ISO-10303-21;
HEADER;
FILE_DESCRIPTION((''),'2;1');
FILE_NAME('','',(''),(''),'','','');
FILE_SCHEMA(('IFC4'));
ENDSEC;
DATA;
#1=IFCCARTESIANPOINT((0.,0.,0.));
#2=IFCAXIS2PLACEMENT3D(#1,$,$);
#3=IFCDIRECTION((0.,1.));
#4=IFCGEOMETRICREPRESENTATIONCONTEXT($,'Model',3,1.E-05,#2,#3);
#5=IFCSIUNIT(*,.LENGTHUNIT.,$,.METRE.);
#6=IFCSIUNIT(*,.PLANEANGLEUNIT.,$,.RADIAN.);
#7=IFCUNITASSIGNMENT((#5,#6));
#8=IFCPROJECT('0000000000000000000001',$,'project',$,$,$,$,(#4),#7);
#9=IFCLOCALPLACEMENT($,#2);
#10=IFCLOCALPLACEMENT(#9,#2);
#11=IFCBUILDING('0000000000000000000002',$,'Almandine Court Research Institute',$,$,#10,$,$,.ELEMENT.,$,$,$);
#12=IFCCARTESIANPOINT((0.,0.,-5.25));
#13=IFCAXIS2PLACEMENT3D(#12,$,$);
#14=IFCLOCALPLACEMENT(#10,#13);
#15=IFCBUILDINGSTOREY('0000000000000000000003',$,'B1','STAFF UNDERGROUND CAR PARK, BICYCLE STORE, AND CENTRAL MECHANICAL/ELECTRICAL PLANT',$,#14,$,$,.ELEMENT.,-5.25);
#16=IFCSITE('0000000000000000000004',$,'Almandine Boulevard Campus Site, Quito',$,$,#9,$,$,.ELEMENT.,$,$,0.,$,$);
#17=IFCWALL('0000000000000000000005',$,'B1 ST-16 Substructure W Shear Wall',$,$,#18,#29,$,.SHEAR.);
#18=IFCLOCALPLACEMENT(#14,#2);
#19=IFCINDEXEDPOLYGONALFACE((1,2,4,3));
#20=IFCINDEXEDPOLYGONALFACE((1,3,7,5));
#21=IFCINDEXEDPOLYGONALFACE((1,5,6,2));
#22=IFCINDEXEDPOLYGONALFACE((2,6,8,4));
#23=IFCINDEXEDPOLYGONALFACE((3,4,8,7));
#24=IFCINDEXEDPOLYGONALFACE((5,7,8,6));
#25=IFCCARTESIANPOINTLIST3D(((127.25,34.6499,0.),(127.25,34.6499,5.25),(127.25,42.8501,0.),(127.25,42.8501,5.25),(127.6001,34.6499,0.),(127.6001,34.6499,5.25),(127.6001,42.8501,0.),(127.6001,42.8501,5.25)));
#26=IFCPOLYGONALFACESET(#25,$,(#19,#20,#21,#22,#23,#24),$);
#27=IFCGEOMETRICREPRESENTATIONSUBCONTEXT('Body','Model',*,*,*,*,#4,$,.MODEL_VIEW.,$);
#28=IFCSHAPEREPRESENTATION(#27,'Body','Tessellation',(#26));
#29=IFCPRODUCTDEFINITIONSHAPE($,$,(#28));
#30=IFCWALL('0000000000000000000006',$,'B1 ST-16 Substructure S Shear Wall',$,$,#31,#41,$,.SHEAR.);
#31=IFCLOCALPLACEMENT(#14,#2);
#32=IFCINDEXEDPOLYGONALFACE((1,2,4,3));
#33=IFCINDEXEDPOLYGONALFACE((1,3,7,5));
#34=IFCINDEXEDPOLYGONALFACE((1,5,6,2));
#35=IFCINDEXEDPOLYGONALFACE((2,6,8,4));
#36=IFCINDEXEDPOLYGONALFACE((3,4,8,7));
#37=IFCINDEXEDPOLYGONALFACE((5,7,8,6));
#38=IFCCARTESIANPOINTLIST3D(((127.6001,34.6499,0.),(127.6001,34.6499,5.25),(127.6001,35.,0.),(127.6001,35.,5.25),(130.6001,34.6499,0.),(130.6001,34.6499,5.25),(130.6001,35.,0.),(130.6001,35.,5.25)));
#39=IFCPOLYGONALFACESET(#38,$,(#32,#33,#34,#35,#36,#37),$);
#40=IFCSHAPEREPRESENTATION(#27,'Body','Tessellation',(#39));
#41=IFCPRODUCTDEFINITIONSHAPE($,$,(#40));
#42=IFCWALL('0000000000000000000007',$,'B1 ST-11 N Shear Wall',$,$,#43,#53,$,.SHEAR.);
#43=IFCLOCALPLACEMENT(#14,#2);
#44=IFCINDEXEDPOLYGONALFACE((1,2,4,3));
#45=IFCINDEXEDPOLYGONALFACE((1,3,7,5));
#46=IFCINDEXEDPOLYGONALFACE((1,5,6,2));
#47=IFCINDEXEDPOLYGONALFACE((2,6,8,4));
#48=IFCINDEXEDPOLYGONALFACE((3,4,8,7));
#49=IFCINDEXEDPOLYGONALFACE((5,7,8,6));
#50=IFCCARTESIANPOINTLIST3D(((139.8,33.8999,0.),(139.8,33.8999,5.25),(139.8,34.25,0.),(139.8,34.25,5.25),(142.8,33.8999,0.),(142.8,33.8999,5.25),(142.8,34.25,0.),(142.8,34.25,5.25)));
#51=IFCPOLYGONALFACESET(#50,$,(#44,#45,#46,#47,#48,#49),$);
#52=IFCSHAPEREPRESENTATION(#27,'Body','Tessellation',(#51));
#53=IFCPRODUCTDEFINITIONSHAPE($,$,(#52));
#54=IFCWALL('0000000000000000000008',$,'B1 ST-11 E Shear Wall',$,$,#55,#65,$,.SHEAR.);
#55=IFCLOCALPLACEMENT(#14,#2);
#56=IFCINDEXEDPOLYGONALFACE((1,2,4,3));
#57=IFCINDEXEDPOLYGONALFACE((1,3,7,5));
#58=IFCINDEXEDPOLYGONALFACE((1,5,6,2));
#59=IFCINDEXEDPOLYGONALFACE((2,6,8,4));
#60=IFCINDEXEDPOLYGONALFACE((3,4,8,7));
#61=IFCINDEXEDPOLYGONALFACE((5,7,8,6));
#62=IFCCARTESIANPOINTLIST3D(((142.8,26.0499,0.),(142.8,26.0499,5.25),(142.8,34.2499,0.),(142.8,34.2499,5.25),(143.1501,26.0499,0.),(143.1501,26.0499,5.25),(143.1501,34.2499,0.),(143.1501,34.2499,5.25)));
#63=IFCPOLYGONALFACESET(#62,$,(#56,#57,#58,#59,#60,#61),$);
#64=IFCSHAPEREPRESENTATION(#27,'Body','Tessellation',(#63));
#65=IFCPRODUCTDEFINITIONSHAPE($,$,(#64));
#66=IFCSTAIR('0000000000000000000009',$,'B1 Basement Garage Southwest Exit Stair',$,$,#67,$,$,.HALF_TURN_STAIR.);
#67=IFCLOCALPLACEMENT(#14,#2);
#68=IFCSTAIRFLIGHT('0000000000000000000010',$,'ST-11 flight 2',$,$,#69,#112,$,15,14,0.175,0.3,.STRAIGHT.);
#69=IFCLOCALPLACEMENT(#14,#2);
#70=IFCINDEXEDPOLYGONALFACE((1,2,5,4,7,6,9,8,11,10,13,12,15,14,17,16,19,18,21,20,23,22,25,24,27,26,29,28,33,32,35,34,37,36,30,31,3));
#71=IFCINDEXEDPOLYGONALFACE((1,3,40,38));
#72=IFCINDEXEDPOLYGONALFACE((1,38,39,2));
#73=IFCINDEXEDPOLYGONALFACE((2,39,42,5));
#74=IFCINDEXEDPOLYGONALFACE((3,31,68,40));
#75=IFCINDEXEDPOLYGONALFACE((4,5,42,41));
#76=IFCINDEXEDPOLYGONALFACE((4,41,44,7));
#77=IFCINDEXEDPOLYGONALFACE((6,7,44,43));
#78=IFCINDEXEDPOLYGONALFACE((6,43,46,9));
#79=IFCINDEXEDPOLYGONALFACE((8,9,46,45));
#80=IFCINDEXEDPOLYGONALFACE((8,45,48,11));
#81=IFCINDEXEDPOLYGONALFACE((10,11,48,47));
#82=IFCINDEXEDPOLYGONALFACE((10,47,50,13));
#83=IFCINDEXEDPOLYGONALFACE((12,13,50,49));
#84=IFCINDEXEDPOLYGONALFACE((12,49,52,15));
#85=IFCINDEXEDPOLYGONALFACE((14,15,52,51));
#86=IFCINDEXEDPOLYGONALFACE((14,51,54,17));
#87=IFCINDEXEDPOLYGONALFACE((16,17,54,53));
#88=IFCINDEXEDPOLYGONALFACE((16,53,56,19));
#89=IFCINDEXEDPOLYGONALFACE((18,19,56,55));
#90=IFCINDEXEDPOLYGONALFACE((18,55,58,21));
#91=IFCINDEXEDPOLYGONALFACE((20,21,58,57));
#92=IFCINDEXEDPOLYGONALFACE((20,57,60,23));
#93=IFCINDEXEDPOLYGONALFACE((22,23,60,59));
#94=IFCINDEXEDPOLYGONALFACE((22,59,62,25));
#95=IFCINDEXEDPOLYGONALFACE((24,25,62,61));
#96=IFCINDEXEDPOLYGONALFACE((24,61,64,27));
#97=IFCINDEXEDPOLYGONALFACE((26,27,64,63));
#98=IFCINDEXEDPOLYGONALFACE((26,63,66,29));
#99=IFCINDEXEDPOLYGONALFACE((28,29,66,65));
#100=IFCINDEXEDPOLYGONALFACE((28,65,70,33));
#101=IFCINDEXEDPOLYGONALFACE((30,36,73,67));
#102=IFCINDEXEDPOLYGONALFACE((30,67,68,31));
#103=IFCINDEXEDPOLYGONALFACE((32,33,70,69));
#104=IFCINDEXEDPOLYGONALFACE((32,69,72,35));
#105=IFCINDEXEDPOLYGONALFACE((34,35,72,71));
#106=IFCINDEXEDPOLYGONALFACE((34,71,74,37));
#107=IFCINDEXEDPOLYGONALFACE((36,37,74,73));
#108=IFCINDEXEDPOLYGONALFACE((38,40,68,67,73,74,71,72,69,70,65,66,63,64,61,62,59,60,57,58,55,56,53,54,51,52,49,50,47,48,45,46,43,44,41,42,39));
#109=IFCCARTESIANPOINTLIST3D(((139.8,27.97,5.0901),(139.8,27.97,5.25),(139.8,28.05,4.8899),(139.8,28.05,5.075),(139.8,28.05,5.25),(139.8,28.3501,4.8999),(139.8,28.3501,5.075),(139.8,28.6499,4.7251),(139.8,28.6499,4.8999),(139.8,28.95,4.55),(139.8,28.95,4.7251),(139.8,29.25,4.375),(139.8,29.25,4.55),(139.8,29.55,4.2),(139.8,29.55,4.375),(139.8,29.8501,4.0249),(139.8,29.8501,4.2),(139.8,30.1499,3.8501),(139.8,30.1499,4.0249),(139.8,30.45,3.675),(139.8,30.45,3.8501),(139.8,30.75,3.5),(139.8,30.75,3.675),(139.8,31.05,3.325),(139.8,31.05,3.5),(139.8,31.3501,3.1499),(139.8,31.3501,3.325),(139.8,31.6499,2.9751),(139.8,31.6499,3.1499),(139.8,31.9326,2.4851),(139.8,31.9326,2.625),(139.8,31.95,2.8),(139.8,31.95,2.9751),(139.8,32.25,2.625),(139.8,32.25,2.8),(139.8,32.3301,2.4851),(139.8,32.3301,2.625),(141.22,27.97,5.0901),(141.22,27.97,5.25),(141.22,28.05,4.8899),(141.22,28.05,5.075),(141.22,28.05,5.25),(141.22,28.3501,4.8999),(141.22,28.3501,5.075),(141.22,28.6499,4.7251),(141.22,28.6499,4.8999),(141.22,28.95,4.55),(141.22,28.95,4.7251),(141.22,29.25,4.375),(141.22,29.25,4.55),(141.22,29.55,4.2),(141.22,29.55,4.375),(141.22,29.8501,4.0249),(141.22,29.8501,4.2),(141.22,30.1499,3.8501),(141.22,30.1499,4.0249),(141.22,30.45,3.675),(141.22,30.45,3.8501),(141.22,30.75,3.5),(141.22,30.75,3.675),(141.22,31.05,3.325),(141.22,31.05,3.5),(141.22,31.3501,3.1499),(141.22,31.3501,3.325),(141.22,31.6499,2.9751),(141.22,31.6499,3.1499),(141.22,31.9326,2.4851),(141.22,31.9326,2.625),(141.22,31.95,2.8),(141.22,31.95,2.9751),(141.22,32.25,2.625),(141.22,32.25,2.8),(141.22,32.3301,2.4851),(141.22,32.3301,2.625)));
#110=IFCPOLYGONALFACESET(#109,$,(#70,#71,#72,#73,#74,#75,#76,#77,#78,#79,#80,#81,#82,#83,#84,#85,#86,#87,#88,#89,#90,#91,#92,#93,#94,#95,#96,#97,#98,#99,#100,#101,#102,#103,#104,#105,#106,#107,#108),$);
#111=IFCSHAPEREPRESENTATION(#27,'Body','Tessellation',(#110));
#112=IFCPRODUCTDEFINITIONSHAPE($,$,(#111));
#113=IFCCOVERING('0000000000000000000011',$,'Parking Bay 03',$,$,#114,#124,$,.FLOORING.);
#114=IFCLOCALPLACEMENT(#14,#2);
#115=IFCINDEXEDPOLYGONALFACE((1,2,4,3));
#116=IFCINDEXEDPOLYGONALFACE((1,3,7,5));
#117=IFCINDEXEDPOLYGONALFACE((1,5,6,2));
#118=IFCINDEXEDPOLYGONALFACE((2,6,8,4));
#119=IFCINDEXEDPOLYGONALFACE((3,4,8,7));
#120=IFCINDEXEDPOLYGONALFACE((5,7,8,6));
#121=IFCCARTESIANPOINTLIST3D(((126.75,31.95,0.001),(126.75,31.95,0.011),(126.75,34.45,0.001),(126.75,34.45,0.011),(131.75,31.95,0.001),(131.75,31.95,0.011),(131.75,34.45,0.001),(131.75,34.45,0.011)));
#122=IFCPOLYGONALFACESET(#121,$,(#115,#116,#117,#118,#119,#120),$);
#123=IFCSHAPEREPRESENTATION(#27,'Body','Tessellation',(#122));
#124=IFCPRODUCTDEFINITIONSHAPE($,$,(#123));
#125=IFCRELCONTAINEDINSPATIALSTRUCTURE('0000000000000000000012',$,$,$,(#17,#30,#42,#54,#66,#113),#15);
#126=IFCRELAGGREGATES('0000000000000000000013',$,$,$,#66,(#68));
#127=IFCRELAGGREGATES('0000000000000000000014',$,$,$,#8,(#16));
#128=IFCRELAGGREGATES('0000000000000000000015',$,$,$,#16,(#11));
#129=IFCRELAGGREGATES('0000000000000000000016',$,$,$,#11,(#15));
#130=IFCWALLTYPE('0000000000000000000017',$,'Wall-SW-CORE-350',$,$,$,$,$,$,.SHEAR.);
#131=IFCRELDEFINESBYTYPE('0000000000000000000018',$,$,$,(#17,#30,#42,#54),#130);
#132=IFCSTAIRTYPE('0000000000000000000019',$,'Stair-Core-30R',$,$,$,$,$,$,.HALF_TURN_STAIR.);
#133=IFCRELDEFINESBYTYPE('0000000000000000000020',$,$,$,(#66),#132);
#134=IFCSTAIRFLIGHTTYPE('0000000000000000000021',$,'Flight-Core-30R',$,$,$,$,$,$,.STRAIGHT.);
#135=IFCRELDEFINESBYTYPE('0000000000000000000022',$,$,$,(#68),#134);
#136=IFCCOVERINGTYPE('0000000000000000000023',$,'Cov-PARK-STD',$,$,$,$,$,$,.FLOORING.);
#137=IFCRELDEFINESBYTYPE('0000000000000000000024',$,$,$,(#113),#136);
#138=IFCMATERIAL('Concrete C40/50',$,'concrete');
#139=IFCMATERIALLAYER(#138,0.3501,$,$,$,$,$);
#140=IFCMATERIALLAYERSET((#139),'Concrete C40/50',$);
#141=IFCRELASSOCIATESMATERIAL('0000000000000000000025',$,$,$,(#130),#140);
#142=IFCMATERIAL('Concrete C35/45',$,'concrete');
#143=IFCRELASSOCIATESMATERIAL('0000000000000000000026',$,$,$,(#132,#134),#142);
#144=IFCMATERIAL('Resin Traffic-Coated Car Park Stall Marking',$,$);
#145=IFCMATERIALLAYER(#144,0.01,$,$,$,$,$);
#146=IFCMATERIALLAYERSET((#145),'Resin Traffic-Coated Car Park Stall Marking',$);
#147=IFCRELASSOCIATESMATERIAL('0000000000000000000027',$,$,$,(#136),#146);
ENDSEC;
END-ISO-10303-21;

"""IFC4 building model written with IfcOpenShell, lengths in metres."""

from ifc_helpers import new_model, si_unit, direction, frame, frame_2d, origin, origin_2d, place, context, subcontext, project, spatial, polyline, rectangle, outline, extrude, material, layer, layer_set, type_object, element, aggregate, save


model = new_model("IFC4")

# Units and contexts
model_context = context("Model", 3, precision=1e-05, world=origin(), true_north=direction((0.0, 1.0)))
body_context = subcontext(model_context, "Body", "Model", "MODEL_VIEW")
ifc_project = project(units=[si_unit("LENGTHUNIT", "METRE"), si_unit("PLANEANGLEUNIT", "RADIAN")], contexts=[model_context])

# Site, building, storey
site_placement = place(None, origin())
site = spatial("IfcSite", under=ifc_project, at=site_placement, Name="Almandine Boulevard Campus Site, Quito", CompositionType="ELEMENT", RefElevation=0.0)
building_placement = place(site_placement, origin())
building = spatial("IfcBuilding", under=site, at=building_placement, Name="Almandine Court Research Institute", CompositionType="ELEMENT")
storey_placement = place(building_placement, frame((0.0, 0.0, -5.25)))
storey = spatial("IfcBuildingStorey", under=building, at=storey_placement, Name="B1", Description="STAFF UNDERGROUND CAR PARK, BICYCLE STORE, AND CENTRAL MECHANICAL/ELECTRICAL PLANT", CompositionType="ELEMENT", Elevation=-5.25)

# Shared definitions
ifc_material_1 = material(Name="Concrete C35/45", Category="concrete")

# Shared definitions
ifc_material_2 = material(Name="Concrete C40/50", Category="concrete")

# Walls
ifc_layer_1 = layer(ifc_material_2, 0.3501)
ifc_layer_set_1 = layer_set([ifc_layer_1], Name="Concrete C40/50")
wall_type = type_object("IfcWallType", Name="Wall-SW-CORE-350", PredefinedType="SHEAR", material=ifc_layer_set_1)
wall_1_placement = place(storey_placement, frame((127.425, 34.6499, 0.0), z_axis=(0.0, 0.0, 1.0), x_axis=(0.0, 1.0, 0.0)))
element("IfcWall", 1, at=wall_1_placement, inside=storey, type_object=wall_type, Name="B1 ST-16 Substructure W Shear Wall", PredefinedType="SHEAR", context=body_context, shape_type="SweptSolid", body=[
    extrude(rectangle(XDim=8.2002, YDim=0.3501, at=frame_2d((4.1001, 0.0))), origin(), (0.0, 0.0, 1.0), 5.25),
])
for number, where, z_axis, x_axis, name in (
    (2, (130.6001, 34.825, 0.0), (0.0, 0.0, 1.0), (-1.0, 0.0, 0.0), "B1 ST-16 Substructure S Shear Wall"),
    (3, (139.8, 34.075, 0.0), (0.0, 0.0, 1.0), (1.0, 0.0, 0.0), "B1 ST-11 N Shear Wall"),
):
    element("IfcWall", number, at=place(storey_placement, frame(where, z_axis=z_axis, x_axis=x_axis)), inside=storey, type_object=wall_type, Name=name, PredefinedType="SHEAR", context=body_context, shape_type="SweptSolid", body=[
        extrude(rectangle(XDim=3.0, YDim=0.3501, at=frame_2d((1.5, 0.0))), origin(), (0.0, 0.0, 1.0), 5.25),
    ])
wall_2_placement = place(storey_placement, frame((142.9751, 34.25, 0.0), z_axis=(0.0, 0.0, 1.0), x_axis=(0.0, -1.0, 0.0)))
element("IfcWall", 4, at=wall_2_placement, inside=storey, type_object=wall_type, Name="B1 ST-11 E Shear Wall", PredefinedType="SHEAR", context=body_context, shape_type="SweptSolid", body=[
    extrude(rectangle(XDim=8.2, YDim=0.3501, at=frame_2d((4.1001, 0.0))), origin(), (0.0, 0.0, 1.0), 5.25),
])

# Stair, stair flight
stair_type = type_object("IfcStairType", Name="Stair-Core-30R", PredefinedType="HALF_TURN_STAIR", material=ifc_material_1)
stair_placement = place(storey_placement, origin())
stair = element("IfcStair", 5, at=stair_placement, inside=storey, type_object=stair_type, Name="B1 Basement Garage Southwest Exit Stair", PredefinedType="HALF_TURN_STAIR")
stair_flight_type = type_object("IfcStairFlightType", Name="Flight-Core-30R", PredefinedType="STRAIGHT", material=ifc_material_1)
stair_flight_placement = place(storey_placement, frame((140.51, 32.25, 2.625), z_axis=(0.0, 0.0, 1.0), x_axis=(0.0, -1.0, 0.0)))
stair_flight = element("IfcStairFlight", 6, at=stair_flight_placement, type_object=stair_flight_type, Name="ST-11 flight 2", NumberOfRisers=15, NumberOfTreads=14, PredefinedType="STRAIGHT", RiserHeight=0.175, TreadLength=0.3, context=body_context, shape_type="SweptSolid", body=[
    extrude(outline(polyline([(-0.0801, -0.1399), (-0.0801, 0.0), (0.0, 0.0), (0.0, 0.175), (0.3, 0.175), (0.3, 0.3501), (0.6001, 0.3501), (0.6001, 0.5249), (0.8999, 0.5249), (0.8999, 0.7), (1.2, 0.7), (1.2, 0.875), (1.5, 0.875), (1.5, 1.05), (1.8, 1.05), (1.8, 1.2251), (2.1001, 1.2251), (2.1001, 1.3999), (2.3999, 1.3999), (2.3999, 1.575), (2.7, 1.575), (2.7, 1.75), (3.0, 1.75), (3.0, 1.925), (3.3, 1.925), (3.3, 2.1001), (3.6001, 2.1001), (3.6001, 2.2749), (3.8999, 2.2749), (3.8999, 2.45), (4.2, 2.45), (4.2, 2.625), (4.28, 2.625), (4.28, 2.4651), (4.2, 2.2649), (0.3174, 0.0), (0.3174, -0.1399), (-0.0801, -0.1399)])), frame((0.0, 0.71, 0.0), z_axis=(0.0, -1.0, 0.0), x_axis=(1.0, 0.0, 0.0)), (0.0, 0.0, 1.0), 1.4199),
])
aggregate(stair, [stair_flight])

# Covering
ifc_material_3 = material(Name="Resin Traffic-Coated Car Park Stall Marking")
ifc_layer_2 = layer(ifc_material_3, 0.01)
ifc_layer_set_2 = layer_set([ifc_layer_2], Name="Resin Traffic-Coated Car Park Stall Marking")
covering_type = type_object("IfcCoveringType", Name="Cov-PARK-STD", PredefinedType="FLOORING", material=ifc_layer_set_2)
covering_placement = place(storey_placement, frame((129.25, 33.2, 0.001), z_axis=(0.0, 0.0, 1.0), x_axis=(1.0, 0.0, 0.0)))
element("IfcCovering", 7, at=covering_placement, inside=storey, type_object=covering_type, Name="Parking Bay 03", PredefinedType="FLOORING", context=body_context, shape_type="SweptSolid", body=[
    extrude(rectangle(XDim=5.0, YDim=2.5, at=origin_2d()), origin(), (0.0, 0.0, 1.0), 0.01),
])

save(model, "model.ifc")
